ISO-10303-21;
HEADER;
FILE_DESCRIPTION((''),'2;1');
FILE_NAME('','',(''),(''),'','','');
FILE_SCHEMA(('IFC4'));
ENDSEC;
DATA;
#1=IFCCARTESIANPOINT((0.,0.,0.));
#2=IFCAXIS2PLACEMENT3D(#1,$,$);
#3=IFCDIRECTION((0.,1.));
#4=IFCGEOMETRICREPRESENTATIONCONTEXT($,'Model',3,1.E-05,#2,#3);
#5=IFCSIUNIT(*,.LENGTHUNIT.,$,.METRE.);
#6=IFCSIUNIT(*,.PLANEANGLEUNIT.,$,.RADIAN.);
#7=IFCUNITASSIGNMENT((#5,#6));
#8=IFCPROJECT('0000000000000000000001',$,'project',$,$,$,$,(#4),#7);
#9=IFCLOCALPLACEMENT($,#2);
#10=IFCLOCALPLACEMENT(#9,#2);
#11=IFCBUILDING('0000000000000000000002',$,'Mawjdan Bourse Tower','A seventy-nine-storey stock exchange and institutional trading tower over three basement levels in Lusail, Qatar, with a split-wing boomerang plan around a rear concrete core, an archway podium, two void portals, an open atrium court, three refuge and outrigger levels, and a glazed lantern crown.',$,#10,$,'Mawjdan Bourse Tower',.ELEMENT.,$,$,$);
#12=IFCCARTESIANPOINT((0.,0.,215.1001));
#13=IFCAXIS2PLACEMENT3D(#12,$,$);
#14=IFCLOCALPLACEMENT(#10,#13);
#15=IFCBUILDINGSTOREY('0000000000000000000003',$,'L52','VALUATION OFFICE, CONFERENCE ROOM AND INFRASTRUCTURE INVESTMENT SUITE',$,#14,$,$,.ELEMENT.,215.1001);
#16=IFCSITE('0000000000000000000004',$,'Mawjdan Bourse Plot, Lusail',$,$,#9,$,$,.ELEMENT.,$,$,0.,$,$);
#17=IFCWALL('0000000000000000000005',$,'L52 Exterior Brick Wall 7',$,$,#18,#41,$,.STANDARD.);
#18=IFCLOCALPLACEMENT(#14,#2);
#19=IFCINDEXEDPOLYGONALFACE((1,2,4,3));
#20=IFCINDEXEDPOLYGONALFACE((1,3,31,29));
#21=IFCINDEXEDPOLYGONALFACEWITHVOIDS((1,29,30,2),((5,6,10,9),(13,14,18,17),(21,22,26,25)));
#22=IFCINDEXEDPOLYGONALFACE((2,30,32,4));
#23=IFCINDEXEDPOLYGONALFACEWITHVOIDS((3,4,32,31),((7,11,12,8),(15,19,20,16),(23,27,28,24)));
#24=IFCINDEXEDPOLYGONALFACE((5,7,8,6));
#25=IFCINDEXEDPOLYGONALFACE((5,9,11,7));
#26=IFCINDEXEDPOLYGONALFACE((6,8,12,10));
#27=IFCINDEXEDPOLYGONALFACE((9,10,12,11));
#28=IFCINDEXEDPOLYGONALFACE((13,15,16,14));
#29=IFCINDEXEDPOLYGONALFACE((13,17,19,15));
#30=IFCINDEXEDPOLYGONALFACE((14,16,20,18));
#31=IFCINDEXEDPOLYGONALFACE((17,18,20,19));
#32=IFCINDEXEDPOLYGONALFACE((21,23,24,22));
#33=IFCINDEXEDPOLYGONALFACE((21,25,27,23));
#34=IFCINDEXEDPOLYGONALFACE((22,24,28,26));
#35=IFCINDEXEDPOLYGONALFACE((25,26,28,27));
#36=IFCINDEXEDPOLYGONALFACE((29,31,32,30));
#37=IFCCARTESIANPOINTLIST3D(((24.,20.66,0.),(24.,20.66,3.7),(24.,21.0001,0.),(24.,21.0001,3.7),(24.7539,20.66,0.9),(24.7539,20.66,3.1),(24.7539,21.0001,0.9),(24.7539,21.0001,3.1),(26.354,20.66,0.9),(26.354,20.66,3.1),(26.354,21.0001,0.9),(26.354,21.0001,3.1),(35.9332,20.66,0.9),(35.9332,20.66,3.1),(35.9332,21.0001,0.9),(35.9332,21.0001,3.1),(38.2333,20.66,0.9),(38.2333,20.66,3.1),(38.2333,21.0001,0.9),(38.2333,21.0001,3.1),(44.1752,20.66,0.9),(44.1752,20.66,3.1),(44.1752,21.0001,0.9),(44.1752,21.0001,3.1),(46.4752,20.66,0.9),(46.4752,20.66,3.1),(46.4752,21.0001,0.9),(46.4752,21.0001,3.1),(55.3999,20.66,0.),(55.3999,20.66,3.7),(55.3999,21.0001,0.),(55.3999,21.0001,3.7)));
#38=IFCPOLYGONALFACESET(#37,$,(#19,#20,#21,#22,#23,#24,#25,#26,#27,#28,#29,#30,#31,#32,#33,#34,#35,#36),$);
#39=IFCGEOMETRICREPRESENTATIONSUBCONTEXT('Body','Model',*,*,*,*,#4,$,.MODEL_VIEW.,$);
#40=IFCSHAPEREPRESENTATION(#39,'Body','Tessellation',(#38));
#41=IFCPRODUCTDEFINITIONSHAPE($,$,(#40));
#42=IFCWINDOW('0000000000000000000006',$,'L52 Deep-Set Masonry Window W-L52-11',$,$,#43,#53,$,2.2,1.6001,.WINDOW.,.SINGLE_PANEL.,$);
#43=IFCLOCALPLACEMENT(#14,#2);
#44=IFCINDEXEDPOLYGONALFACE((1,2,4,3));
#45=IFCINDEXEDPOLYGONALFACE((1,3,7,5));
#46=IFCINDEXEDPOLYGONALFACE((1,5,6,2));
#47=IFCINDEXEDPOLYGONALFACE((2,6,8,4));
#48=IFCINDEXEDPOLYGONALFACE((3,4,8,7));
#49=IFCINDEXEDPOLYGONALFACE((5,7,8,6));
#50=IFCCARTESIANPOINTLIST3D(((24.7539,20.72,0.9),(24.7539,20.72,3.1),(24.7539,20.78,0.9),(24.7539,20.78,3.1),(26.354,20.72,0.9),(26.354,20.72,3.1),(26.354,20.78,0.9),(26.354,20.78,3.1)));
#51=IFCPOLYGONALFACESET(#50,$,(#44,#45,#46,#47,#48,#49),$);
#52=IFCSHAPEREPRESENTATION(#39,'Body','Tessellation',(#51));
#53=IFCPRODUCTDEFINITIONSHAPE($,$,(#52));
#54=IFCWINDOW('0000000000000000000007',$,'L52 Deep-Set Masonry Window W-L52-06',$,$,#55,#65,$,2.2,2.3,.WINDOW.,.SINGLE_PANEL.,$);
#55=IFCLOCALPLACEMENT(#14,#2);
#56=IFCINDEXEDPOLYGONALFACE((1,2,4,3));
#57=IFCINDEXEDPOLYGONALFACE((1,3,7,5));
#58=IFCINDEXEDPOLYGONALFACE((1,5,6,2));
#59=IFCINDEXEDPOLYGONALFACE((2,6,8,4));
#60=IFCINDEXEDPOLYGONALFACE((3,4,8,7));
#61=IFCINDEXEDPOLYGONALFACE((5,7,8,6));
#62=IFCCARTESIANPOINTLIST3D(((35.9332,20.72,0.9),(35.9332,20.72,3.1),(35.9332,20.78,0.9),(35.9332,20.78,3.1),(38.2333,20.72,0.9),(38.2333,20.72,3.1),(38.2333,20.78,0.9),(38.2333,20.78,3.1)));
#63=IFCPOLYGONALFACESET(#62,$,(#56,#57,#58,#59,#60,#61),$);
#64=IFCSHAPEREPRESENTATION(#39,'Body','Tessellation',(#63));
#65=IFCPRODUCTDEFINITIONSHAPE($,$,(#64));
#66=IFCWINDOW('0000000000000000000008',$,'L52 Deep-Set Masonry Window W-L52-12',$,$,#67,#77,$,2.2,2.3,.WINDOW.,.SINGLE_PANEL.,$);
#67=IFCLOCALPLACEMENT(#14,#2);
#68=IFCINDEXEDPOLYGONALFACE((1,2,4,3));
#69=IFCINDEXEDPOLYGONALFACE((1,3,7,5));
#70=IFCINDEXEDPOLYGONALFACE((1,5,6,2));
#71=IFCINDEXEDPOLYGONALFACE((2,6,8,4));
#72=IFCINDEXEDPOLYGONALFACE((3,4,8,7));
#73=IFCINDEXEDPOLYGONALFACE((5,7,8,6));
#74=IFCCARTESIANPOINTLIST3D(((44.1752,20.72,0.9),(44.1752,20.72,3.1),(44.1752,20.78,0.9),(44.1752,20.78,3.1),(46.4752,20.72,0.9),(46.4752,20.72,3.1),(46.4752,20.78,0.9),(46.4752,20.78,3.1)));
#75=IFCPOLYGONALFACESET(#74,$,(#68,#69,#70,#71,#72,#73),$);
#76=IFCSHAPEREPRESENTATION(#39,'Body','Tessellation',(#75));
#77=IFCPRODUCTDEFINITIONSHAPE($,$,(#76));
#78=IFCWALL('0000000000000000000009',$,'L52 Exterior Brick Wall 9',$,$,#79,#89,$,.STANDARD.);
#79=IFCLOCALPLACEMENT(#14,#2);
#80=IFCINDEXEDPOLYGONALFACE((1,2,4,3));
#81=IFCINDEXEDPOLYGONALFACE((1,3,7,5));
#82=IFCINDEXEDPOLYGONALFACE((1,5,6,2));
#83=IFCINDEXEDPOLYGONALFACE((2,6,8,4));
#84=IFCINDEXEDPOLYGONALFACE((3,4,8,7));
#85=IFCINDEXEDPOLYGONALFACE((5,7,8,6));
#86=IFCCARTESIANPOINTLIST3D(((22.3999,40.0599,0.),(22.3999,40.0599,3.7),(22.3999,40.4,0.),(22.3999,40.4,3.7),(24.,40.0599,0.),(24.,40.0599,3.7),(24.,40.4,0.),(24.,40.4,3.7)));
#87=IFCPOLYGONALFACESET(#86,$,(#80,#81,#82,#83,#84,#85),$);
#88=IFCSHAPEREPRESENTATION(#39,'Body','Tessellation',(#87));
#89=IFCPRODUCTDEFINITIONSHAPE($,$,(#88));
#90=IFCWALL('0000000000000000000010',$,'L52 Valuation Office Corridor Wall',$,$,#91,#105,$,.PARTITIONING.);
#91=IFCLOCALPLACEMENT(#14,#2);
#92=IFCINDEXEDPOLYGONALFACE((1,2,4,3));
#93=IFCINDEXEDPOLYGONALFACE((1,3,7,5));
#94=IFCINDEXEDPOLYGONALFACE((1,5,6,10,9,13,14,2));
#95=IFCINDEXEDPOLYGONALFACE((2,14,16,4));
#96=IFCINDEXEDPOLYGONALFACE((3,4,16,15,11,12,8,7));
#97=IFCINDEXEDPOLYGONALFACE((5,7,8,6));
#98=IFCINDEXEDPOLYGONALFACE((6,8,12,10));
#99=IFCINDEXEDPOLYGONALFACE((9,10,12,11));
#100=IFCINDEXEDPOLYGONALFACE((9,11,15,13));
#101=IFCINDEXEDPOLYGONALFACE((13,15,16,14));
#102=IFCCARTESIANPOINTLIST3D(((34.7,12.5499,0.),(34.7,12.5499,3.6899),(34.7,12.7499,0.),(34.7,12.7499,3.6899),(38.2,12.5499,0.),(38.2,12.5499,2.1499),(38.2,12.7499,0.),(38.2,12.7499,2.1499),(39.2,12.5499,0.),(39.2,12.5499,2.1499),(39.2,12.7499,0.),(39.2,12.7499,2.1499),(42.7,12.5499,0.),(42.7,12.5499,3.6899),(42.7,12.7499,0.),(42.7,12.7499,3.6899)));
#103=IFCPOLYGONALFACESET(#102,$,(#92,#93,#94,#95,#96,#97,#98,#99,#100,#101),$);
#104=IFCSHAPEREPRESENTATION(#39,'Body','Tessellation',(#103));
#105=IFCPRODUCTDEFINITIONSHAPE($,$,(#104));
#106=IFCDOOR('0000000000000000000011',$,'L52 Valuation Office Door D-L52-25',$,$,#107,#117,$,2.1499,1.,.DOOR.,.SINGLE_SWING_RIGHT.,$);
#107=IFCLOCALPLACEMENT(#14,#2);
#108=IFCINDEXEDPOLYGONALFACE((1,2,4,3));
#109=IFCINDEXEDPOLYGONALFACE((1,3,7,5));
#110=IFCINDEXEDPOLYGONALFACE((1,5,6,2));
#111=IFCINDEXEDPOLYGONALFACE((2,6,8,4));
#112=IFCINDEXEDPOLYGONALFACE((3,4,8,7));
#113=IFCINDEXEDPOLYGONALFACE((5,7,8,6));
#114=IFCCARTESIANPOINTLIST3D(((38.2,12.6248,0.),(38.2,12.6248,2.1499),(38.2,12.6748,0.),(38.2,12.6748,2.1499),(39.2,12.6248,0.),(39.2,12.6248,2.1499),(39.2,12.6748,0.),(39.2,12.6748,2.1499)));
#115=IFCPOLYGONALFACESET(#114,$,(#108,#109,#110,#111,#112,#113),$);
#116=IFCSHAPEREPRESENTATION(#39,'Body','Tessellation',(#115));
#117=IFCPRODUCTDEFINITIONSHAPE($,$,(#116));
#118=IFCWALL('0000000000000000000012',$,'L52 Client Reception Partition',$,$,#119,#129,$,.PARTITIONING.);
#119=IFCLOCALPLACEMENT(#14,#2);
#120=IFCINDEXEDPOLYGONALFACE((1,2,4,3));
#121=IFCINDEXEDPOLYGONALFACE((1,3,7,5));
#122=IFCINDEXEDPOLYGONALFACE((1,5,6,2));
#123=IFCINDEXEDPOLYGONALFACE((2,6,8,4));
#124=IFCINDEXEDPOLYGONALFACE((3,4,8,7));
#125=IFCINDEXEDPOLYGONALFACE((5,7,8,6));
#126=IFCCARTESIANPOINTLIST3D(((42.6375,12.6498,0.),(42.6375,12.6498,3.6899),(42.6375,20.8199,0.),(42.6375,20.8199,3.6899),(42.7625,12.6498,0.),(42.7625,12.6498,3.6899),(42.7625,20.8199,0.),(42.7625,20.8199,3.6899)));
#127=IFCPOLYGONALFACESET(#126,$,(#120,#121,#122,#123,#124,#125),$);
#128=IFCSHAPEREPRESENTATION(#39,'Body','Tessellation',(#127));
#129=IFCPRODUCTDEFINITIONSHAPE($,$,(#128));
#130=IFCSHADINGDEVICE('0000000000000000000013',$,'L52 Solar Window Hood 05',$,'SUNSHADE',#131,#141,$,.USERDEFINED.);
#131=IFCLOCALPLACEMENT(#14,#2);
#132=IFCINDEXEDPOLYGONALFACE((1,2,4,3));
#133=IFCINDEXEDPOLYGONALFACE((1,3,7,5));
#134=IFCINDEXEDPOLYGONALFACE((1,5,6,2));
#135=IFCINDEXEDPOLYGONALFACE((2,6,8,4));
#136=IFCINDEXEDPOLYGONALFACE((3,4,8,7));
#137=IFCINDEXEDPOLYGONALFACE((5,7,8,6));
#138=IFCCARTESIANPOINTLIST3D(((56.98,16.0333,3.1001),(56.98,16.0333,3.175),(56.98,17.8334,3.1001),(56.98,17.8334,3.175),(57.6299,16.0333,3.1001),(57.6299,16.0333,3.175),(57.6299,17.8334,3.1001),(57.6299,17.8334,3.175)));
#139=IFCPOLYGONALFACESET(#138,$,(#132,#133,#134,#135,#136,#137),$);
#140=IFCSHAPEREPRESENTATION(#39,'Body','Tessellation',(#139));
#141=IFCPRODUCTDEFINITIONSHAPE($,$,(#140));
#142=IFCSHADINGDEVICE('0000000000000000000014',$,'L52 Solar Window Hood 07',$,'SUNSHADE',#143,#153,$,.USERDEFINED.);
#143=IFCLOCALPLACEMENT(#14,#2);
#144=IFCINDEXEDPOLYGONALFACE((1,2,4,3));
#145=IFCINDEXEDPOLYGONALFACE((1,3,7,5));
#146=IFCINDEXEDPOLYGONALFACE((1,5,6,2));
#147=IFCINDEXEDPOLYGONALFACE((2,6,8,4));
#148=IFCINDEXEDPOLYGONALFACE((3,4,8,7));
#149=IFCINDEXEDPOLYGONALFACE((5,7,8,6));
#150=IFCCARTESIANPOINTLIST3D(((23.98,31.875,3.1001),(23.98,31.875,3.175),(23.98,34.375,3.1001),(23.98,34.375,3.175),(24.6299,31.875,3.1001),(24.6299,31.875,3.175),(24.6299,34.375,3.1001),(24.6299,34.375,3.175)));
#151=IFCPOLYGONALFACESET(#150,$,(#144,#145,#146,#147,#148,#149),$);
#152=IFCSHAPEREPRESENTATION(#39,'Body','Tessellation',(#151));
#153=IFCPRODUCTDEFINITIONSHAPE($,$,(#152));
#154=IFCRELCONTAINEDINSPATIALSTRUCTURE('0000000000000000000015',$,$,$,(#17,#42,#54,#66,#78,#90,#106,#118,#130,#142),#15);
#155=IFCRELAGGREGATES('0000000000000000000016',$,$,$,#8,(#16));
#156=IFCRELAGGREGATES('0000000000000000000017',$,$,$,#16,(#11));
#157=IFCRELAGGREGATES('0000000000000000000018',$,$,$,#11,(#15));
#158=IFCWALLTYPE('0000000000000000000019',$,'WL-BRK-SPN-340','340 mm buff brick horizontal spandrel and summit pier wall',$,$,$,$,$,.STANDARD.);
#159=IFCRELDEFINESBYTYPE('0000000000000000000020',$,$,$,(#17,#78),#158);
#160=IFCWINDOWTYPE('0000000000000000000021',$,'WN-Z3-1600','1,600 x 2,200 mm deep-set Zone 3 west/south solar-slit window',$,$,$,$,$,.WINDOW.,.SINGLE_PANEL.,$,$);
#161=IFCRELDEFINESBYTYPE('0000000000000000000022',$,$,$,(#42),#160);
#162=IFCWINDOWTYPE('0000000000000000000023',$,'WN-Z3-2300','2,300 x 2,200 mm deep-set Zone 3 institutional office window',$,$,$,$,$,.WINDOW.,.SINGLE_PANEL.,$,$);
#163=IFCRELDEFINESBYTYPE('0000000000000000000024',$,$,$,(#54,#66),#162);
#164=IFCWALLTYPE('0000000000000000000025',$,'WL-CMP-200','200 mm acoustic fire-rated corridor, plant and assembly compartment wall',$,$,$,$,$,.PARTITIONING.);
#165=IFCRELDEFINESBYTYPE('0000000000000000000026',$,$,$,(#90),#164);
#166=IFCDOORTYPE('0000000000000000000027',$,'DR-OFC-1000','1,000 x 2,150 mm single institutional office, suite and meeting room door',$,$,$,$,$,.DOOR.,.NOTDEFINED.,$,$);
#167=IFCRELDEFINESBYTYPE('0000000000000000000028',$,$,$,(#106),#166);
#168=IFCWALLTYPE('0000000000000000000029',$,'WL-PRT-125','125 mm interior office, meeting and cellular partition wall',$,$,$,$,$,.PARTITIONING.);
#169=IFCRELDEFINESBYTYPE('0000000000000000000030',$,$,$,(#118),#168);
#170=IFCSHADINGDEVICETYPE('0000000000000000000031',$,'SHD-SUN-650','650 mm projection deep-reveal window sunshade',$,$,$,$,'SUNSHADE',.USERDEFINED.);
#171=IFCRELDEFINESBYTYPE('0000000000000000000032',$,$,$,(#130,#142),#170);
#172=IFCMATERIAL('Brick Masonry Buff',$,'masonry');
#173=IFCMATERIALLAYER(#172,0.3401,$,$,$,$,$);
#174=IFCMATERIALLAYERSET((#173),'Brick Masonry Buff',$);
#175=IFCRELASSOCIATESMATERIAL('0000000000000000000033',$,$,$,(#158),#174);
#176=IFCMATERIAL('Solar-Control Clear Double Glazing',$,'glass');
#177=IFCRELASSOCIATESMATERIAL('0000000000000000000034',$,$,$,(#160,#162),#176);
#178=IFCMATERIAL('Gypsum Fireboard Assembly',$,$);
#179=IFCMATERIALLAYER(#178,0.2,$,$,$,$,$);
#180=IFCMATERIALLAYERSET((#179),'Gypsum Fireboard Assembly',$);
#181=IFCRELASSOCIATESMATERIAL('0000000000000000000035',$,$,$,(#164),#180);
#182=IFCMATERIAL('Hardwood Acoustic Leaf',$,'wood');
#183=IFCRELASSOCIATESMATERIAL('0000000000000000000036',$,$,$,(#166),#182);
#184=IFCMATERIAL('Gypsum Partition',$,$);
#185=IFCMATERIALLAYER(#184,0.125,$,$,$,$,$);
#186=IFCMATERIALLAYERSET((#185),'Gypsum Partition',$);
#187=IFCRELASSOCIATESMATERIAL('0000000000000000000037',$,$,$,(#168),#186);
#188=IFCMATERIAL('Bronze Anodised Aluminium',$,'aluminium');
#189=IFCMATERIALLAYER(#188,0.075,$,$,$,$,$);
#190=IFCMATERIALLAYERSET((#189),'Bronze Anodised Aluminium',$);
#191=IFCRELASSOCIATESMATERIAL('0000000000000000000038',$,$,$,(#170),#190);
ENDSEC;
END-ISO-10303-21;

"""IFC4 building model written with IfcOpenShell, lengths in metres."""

from ifc_helpers import new_model, si_unit, direction, frame, frame_2d, origin, origin_2d, place, context, subcontext, project, spatial, rectangle, extrude, material, layer, layer_set, type_object, element, fill, save


model = new_model("IFC4")

# Units and contexts
model_context = context("Model", 3, precision=1e-05, world=origin(), true_north=direction((0.0, 1.0)))
body_context = subcontext(model_context, "Body", "Model", "MODEL_VIEW")
ifc_project = project(units=[si_unit("LENGTHUNIT", "METRE"), si_unit("PLANEANGLEUNIT", "RADIAN")], contexts=[model_context])

# Site, building, storey
site_placement = place(None, origin())
site = spatial("IfcSite", under=ifc_project, at=site_placement, Name="Mawjdan Bourse Plot, Lusail", CompositionType="ELEMENT", RefElevation=0.0)
building_placement = place(site_placement, origin())
building = spatial("IfcBuilding", under=site, at=building_placement, Name="Mawjdan Bourse Tower", Description="A seventy-nine-storey stock exchange and institutional trading tower over three basement levels in Lusail, Qatar, with a split-wing boomerang plan around a rear concrete core, an archway podium, two void portals, an open atrium court, three refuge and outrigger levels, and a glazed lantern crown.", LongName="Mawjdan Bourse Tower", CompositionType="ELEMENT")
storey_placement = place(building_placement, frame((0.0, 0.0, 215.1001)))
storey = spatial("IfcBuildingStorey", under=building, at=storey_placement, Name="L52", Description="VALUATION OFFICE, CONFERENCE ROOM AND INFRASTRUCTURE INVESTMENT SUITE", CompositionType="ELEMENT", Elevation=215.1001)

# Shared definitions
ifc_material_1 = material(Name="Brick Masonry Buff", Category="masonry")
ifc_layer_1 = layer(ifc_material_1, 0.3401)
ifc_layer_set_1 = layer_set([ifc_layer_1], Name="Brick Masonry Buff")
wall_type_1 = type_object("IfcWallType", Name="WL-BRK-SPN-340", Description="340 mm buff brick horizontal spandrel and summit pier wall", PredefinedType="STANDARD", material=ifc_layer_set_1)

# Wall, openings, windows
wall_1_placement = place(storey_placement, frame((55.3999, 20.8301, 0.0), z_axis=(0.0, 0.0, 1.0), x_axis=(-1.0, 0.0, 0.0)))
wall_1 = element("IfcWall", 1, at=wall_1_placement, inside=storey, type_object=wall_type_1, Name="L52 Exterior Brick Wall 7", PredefinedType="STANDARD", context=body_context, shape_type="SweptSolid", body=[
    extrude(rectangle(XDim=31.3999, YDim=0.3401, at=frame_2d((15.7, 0.0))), origin(), (0.0, 0.0, 1.0), 3.7),
])
opening_1_placement = place(wall_1_placement, frame((17.1667, 0.0, 0.8999)))
opening_1 = element("IfcOpeningElement", 2, at=opening_1_placement, cuts=wall_1, PredefinedType="OPENING", context=body_context, shape_type="SweptSolid", body=[
    extrude(rectangle(XDim=2.3, YDim=2.2, at=frame_2d((1.1499, 1.1001))), frame((0.0, 0.1802, 0.0), z_axis=(0.0, -1.0, 0.0), x_axis=(1.0, 0.0, 0.0)), (0.0, 0.0, 1.0), 0.3601),
])
opening_2_placement = place(wall_1_placement, frame((29.0459, 0.0, 0.8999)))
opening_2 = element("IfcOpeningElement", 3, at=opening_2_placement, cuts=wall_1, PredefinedType="OPENING", context=body_context, shape_type="SweptSolid", body=[
    extrude(rectangle(XDim=1.6001, YDim=2.2, at=frame_2d((0.8, 1.1001))), frame((0.0, 0.1802, 0.0), z_axis=(0.0, -1.0, 0.0), x_axis=(1.0, 0.0, 0.0)), (0.0, 0.0, 1.0), 0.3601),
])
opening_3_placement = place(wall_1_placement, frame((8.9248, 0.0, 0.8999)))
opening_3 = element("IfcOpeningElement", 4, at=opening_3_placement, cuts=wall_1, PredefinedType="OPENING", context=body_context, shape_type="SweptSolid", body=[
    extrude(rectangle(XDim=2.3, YDim=2.2, at=frame_2d((1.1499, 1.1001))), frame((0.0, 0.1802, 0.0), z_axis=(0.0, -1.0, 0.0), x_axis=(1.0, 0.0, 0.0)), (0.0, 0.0, 1.0), 0.3601),
])
ifc_material_2 = material(Name="Solar-Control Clear Double Glazing", Category="glass")
window_type_1 = type_object("IfcWindowType", Name="WN-Z3-1600", Description="1,600 x 2,200 mm deep-set Zone 3 west/south solar-slit window", PartitioningType="SINGLE_PANEL", PredefinedType="WINDOW", material=ifc_material_2)
window_1_placement = place(opening_2_placement, origin())
window_1 = element("IfcWindow", 5, at=window_1_placement, inside=storey, type_object=window_type_1, Name="L52 Deep-Set Masonry Window W-L52-11", OverallHeight=2.2, OverallWidth=1.6001, PartitioningType="SINGLE_PANEL", PredefinedType="WINDOW", context=body_context, shape_type="SweptSolid", body=[
    extrude(rectangle(XDim=1.6001, YDim=2.2, at=frame_2d((0.8, 1.1001))), frame((0.0, 0.1101, 0.0), z_axis=(0.0, -1.0, 0.0), x_axis=(1.0, 0.0, 0.0)), (0.0, 0.0, 1.0), 0.0601),
])
fill(opening_2, window_1)
window_type_2 = type_object("IfcWindowType", Name="WN-Z3-2300", Description="2,300 x 2,200 mm deep-set Zone 3 institutional office window", PartitioningType="SINGLE_PANEL", PredefinedType="WINDOW", material=ifc_material_2)
window_2_placement = place(opening_1_placement, origin())
window_2 = element("IfcWindow", 6, at=window_2_placement, inside=storey, type_object=window_type_2, Name="L52 Deep-Set Masonry Window W-L52-06", OverallHeight=2.2, OverallWidth=2.3, PartitioningType="SINGLE_PANEL", PredefinedType="WINDOW", context=body_context, shape_type="SweptSolid", body=[
    extrude(rectangle(XDim=2.3, YDim=2.2, at=frame_2d((1.1499, 1.1001))), frame((0.0, 0.1101, 0.0), z_axis=(0.0, -1.0, 0.0), x_axis=(1.0, 0.0, 0.0)), (0.0, 0.0, 1.0), 0.0601),
])
fill(opening_1, window_2)
window_3_placement = place(opening_3_placement, origin())
window_3 = element("IfcWindow", 7, at=window_3_placement, inside=storey, type_object=window_type_2, Name="L52 Deep-Set Masonry Window W-L52-12", OverallHeight=2.2, OverallWidth=2.3, PartitioningType="SINGLE_PANEL", PredefinedType="WINDOW", context=body_context, shape_type="SweptSolid", body=[
    extrude(rectangle(XDim=2.3, YDim=2.2, at=frame_2d((1.1499, 1.1001))), frame((0.0, 0.1101, 0.0), z_axis=(0.0, -1.0, 0.0), x_axis=(1.0, 0.0, 0.0)), (0.0, 0.0, 1.0), 0.0601),
])
fill(opening_3, window_3)

# Wall
wall_2_placement = place(storey_placement, frame((24.0, 40.23, 0.0), z_axis=(0.0, 0.0, 1.0), x_axis=(-1.0, 0.0, 0.0)))
element("IfcWall", 8, at=wall_2_placement, inside=storey, type_object=wall_type_1, Name="L52 Exterior Brick Wall 9", PredefinedType="STANDARD", context=body_context, shape_type="SweptSolid", body=[
    extrude(rectangle(XDim=1.6001, YDim=0.3401, at=frame_2d((0.8, 0.0))), origin(), (0.0, 0.0, 1.0), 3.7),
])

# Wall, opening, door
ifc_material_3 = material(Name="Gypsum Fireboard Assembly")
ifc_layer_2 = layer(ifc_material_3, 0.2)
ifc_layer_set_2 = layer_set([ifc_layer_2], Name="Gypsum Fireboard Assembly")
wall_type_2 = type_object("IfcWallType", Name="WL-CMP-200", Description="200 mm acoustic fire-rated corridor, plant and assembly compartment wall", PredefinedType="PARTITIONING", material=ifc_layer_set_2)
wall_3_placement = place(storey_placement, frame((34.7, 12.6499, 0.0), z_axis=(0.0, 0.0, 1.0), x_axis=(1.0, 0.0, 0.0)))
wall_3 = element("IfcWall", 9, at=wall_3_placement, inside=storey, type_object=wall_type_2, Name="L52 Valuation Office Corridor Wall", PredefinedType="PARTITIONING", context=body_context, shape_type="SweptSolid", body=[
    extrude(rectangle(XDim=8.0, YDim=0.2, at=frame_2d((4.0, 0.0))), origin(), (0.0, 0.0, 1.0), 3.6899),
])
opening_4_placement = place(wall_3_placement, frame((3.5, 0.0, 0.0)))
opening_4 = element("IfcOpeningElement", 10, at=opening_4_placement, cuts=wall_3, PredefinedType="OPENING", context=body_context, shape_type="SweptSolid", body=[
    extrude(rectangle(XDim=1.0, YDim=2.1499, at=frame_2d((0.5, 1.075))), frame((0.0, 0.1099, 0.0), z_axis=(0.0, -1.0, 0.0), x_axis=(1.0, 0.0, 0.0)), (0.0, 0.0, 1.0), 0.22),
])
ifc_material_4 = material(Name="Hardwood Acoustic Leaf", Category="wood")
door_type = type_object("IfcDoorType", Name="DR-OFC-1000", Description="1,000 x 2,150 mm single institutional office, suite and meeting room door", OperationType="NOTDEFINED", PredefinedType="DOOR", material=ifc_material_4)
door_1_placement = place(opening_4_placement, origin())
door_1 = element("IfcDoor", 11, at=door_1_placement, inside=storey, type_object=door_type, Name="L52 Valuation Office Door D-L52-25", OperationType="SINGLE_SWING_RIGHT", OverallHeight=2.1499, OverallWidth=1.0, PredefinedType="DOOR", context=body_context, shape_type="SweptSolid", body=[
    extrude(rectangle(XDim=1.0, YDim=2.1499, at=frame_2d((0.5, 1.075))), frame((0.0, 0.0249, 0.0), z_axis=(0.0, -1.0, 0.0), x_axis=(1.0, 0.0, 0.0)), (0.0, 0.0, 1.0), 0.05),
])
fill(opening_4, door_1)

# Wall
ifc_material_5 = material(Name="Gypsum Partition")
ifc_layer_3 = layer(ifc_material_5, 0.125)
ifc_layer_set_3 = layer_set([ifc_layer_3], Name="Gypsum Partition")
wall_type_3 = type_object("IfcWallType", Name="WL-PRT-125", Description="125 mm interior office, meeting and cellular partition wall", PredefinedType="PARTITIONING", material=ifc_layer_set_3)
wall_4_placement = place(storey_placement, frame((42.7, 12.6499, 0.0), z_axis=(0.0, 0.0, 1.0), x_axis=(0.0, 1.0, 0.0)))
element("IfcWall", 12, at=wall_4_placement, inside=storey, type_object=wall_type_3, Name="L52 Client Reception Partition", PredefinedType="PARTITIONING", context=body_context, shape_type="SweptSolid", body=[
    extrude(rectangle(XDim=8.1702, YDim=0.125, at=frame_2d((4.085, 0.0))), origin(), (0.0, 0.0, 1.0), 3.6899),
])

# Shading devices
ifc_material_6 = material(Name="Bronze Anodised Aluminium", Category="aluminium")
ifc_layer_4 = layer(ifc_material_6, 0.075)
ifc_layer_set_4 = layer_set([ifc_layer_4], Name="Bronze Anodised Aluminium")
shading_device_type = type_object("IfcShadingDeviceType", Name="SHD-SUN-650", Description="650 mm projection deep-reveal window sunshade", ElementType="SUNSHADE", PredefinedType="USERDEFINED", material=ifc_layer_set_4)
shading_device_1_placement = place(storey_placement, frame((57.3049, 16.9333, 3.1001), z_axis=(0.0, 0.0, 1.0), x_axis=(0.0, 1.0, 0.0)))
element("IfcShadingDevice", 13, at=shading_device_1_placement, inside=storey, type_object=shading_device_type, Name="L52 Solar Window Hood 05", ObjectType="SUNSHADE", PredefinedType="USERDEFINED", context=body_context, shape_type="SweptSolid", body=[
    extrude(rectangle(XDim=1.8, YDim=0.6499, at=origin_2d()), origin(), (0.0, 0.0, 1.0), 0.075),
])
shading_device_2_placement = place(storey_placement, frame((24.3049, 33.125, 3.1001), z_axis=(0.0, 0.0, 1.0), x_axis=(0.0, 1.0, 0.0)))
element("IfcShadingDevice", 14, at=shading_device_2_placement, inside=storey, type_object=shading_device_type, Name="L52 Solar Window Hood 07", ObjectType="SUNSHADE", PredefinedType="USERDEFINED", context=body_context, shape_type="SweptSolid", body=[
    extrude(rectangle(XDim=2.5, YDim=0.6499, at=origin_2d()), origin(), (0.0, 0.0, 1.0), 0.075),
])

save(model, "model.ifc")
